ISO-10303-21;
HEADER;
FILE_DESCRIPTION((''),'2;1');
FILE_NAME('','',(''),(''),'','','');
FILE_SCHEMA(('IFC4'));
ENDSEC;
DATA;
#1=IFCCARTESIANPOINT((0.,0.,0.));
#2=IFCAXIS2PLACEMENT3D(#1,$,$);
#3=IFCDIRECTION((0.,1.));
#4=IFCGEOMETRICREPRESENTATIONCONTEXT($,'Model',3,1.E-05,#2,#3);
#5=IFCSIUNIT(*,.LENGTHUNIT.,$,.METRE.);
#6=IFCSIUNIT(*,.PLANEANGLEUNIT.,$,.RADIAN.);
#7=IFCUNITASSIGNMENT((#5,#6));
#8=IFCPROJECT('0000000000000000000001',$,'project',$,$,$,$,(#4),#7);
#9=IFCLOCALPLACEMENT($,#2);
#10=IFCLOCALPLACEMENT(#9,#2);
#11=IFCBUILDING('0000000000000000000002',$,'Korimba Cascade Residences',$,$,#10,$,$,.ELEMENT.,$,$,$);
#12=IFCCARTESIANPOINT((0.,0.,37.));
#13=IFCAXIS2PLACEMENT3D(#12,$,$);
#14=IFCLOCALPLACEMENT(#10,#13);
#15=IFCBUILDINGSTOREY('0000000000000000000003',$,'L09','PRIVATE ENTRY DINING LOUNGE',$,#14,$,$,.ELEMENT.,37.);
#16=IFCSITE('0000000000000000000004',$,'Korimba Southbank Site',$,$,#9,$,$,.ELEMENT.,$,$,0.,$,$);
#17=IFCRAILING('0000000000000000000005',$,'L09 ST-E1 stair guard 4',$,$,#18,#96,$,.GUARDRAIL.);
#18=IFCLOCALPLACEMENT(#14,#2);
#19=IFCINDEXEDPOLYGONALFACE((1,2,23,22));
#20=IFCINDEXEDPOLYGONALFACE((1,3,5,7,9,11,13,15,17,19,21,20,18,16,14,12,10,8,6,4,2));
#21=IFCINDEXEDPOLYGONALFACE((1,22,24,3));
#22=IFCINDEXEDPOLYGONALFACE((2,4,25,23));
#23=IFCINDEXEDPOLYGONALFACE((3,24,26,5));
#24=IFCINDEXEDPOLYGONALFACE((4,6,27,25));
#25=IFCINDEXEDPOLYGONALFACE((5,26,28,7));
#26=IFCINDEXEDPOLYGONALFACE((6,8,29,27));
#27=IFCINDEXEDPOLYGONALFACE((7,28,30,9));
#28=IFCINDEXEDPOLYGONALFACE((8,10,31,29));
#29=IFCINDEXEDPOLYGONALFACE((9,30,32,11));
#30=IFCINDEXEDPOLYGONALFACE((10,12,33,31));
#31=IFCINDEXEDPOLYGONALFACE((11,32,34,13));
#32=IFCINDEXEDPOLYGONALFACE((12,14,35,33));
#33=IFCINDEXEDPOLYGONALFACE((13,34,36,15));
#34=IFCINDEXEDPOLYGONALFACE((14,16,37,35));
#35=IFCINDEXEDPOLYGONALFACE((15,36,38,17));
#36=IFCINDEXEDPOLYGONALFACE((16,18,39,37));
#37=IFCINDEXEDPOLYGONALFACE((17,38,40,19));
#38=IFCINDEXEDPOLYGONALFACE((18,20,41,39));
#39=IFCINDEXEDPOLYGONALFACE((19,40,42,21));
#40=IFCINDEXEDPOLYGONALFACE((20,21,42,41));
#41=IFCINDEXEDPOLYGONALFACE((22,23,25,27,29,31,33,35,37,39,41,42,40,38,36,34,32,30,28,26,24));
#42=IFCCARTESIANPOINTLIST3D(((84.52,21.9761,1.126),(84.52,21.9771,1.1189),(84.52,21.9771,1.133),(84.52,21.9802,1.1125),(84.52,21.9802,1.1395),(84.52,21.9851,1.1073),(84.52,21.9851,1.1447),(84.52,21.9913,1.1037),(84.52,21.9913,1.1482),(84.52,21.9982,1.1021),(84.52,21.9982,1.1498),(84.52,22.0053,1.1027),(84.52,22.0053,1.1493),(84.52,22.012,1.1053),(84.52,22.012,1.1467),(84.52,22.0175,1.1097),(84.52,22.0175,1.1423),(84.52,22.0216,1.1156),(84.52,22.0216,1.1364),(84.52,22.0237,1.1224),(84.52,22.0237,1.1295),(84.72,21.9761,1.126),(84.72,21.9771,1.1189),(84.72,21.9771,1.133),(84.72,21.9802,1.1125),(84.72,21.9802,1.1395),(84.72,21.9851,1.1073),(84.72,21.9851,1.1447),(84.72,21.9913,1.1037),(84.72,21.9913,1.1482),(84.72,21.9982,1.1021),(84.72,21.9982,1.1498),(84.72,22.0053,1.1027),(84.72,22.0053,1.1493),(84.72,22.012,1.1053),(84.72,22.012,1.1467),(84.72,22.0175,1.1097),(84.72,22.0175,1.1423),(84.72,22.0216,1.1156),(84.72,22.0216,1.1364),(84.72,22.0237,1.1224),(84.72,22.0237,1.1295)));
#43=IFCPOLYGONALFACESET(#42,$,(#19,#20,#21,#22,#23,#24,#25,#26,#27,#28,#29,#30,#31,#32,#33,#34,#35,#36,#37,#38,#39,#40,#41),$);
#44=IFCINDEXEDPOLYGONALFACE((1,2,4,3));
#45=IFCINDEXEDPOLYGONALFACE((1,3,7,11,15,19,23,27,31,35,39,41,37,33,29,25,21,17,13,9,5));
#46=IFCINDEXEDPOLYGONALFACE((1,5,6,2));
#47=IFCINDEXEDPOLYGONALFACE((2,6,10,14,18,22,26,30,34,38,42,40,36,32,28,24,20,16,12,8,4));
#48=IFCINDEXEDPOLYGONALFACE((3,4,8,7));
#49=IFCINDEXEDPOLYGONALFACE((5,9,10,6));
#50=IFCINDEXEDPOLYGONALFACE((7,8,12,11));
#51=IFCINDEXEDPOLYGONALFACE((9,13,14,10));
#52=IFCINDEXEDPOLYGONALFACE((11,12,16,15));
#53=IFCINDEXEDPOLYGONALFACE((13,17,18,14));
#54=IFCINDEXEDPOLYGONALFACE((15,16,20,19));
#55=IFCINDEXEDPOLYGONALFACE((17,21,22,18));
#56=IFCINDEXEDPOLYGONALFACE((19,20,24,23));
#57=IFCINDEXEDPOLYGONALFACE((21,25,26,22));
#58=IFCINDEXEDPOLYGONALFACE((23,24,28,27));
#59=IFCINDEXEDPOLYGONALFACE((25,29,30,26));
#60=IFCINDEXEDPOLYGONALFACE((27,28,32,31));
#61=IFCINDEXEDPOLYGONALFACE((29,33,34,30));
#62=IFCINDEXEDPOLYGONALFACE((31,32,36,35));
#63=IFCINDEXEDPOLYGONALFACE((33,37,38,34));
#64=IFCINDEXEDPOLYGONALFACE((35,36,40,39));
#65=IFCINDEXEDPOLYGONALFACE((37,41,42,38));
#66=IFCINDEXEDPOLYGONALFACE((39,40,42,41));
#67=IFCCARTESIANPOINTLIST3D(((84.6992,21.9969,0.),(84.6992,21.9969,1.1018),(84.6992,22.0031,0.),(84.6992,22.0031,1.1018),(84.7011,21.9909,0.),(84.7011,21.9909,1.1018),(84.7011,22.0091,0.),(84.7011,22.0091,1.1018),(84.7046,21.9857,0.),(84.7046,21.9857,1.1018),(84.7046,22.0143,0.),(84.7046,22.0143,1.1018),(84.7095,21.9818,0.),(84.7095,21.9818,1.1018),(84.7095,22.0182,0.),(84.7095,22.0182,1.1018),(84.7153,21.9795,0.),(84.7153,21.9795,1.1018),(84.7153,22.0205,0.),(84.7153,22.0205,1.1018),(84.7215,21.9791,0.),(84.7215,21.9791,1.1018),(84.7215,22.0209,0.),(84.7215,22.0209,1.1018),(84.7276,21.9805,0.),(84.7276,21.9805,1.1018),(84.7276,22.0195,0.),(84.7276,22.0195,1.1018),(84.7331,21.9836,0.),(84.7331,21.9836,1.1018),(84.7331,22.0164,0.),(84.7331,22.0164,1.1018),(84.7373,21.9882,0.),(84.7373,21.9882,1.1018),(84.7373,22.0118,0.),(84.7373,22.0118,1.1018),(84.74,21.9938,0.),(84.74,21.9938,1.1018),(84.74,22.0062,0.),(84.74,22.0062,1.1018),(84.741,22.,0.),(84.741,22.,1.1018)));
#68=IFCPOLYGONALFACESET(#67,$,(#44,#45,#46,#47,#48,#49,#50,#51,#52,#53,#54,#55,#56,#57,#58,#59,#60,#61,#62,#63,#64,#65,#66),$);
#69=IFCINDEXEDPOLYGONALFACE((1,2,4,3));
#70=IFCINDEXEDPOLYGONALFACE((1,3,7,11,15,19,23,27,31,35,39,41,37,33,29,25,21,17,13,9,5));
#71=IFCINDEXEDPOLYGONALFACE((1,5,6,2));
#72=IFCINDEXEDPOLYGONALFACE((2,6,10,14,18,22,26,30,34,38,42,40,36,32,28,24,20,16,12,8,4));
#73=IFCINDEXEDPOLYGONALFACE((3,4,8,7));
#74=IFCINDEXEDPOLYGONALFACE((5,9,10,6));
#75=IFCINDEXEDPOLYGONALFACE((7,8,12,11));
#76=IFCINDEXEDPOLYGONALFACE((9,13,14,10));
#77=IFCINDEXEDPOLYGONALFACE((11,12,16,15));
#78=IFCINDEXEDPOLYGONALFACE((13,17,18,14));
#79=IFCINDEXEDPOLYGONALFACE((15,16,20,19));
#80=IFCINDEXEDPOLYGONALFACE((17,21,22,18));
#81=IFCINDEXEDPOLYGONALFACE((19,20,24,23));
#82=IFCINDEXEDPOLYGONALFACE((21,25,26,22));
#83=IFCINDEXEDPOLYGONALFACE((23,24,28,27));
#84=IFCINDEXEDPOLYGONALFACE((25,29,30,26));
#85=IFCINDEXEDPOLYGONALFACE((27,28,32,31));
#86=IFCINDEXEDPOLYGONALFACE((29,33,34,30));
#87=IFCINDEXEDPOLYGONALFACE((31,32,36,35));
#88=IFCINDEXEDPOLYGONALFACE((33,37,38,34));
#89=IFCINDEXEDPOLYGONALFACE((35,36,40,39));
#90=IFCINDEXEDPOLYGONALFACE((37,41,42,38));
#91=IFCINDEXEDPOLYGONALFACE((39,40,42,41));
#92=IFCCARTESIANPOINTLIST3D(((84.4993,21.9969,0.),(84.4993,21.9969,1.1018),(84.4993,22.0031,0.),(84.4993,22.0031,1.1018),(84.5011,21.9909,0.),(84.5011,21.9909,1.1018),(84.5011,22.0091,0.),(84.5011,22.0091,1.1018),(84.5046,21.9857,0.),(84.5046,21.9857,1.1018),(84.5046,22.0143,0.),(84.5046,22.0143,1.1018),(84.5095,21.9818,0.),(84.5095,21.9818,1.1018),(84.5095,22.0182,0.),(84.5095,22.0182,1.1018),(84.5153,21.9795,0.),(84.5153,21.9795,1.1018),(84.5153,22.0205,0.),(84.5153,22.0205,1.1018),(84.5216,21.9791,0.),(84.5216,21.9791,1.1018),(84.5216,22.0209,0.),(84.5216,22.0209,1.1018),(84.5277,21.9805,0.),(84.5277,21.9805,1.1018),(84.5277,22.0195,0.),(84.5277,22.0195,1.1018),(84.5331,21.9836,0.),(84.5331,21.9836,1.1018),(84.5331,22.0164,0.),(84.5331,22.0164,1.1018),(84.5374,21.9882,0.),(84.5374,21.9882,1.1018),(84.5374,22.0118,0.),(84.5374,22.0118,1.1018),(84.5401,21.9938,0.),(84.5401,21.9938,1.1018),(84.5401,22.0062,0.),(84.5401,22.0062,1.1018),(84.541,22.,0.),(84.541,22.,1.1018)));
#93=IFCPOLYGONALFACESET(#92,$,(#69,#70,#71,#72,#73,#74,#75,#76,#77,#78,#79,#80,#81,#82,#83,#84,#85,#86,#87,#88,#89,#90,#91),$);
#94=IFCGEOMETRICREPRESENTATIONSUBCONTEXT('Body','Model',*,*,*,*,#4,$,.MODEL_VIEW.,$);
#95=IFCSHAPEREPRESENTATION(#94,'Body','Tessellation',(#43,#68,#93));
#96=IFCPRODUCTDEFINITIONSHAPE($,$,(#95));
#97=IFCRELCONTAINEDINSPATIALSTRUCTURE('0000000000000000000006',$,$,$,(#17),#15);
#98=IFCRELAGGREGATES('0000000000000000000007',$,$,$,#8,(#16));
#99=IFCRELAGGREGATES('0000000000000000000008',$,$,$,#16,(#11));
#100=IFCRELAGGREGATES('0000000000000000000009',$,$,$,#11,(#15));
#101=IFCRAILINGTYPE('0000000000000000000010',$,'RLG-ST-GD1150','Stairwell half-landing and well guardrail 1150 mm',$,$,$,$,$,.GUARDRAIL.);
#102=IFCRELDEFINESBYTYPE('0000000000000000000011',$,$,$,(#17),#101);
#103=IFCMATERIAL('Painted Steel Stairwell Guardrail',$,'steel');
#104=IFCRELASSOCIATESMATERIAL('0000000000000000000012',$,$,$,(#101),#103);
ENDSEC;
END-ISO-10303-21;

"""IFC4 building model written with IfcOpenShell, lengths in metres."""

from ifc_helpers import new_model, si_unit, direction, frame, origin, origin_2d, place, context, subcontext, project, spatial, circle, extrude, material, type_object, element, save


model = new_model("IFC4")

# Units and contexts
model_context = context("Model", 3, precision=1e-05, world=origin(), true_north=direction((0.0, 1.0)))
body_context = subcontext(model_context, "Body", "Model", "MODEL_VIEW")
ifc_project = project(units=[si_unit("LENGTHUNIT", "METRE"), si_unit("PLANEANGLEUNIT", "RADIAN")], contexts=[model_context])

# Site, building, storey
site_placement = place(None, origin())
site = spatial("IfcSite", under=ifc_project, at=site_placement, Name="Korimba Southbank Site", CompositionType="ELEMENT", RefElevation=0.0)
building_placement = place(site_placement, origin())
building = spatial("IfcBuilding", under=site, at=building_placement, Name="Korimba Cascade Residences", CompositionType="ELEMENT")
storey_placement = place(building_placement, frame((0.0, 0.0, 37.0)))
storey = spatial("IfcBuildingStorey", under=building, at=storey_placement, Name="L09", Description="PRIVATE ENTRY DINING LOUNGE", CompositionType="ELEMENT", Elevation=37.0)

# Railing
ifc_material_1 = material(Name="Painted Steel Stairwell Guardrail", Category="steel")
railing_type_1 = type_object("IfcRailingType", Name="RLG-ST-GD1150", Description="Stairwell half-landing and well guardrail 1150 mm", PredefinedType="GUARDRAIL", material=ifc_material_1)
railing_1_placement = place(storey_placement, frame((84.72, 22.0, 0.0)))
element("IfcRailing", 1, at=railing_1_placement, inside=storey, type_object=railing_type_1, Name="L09 ST-E1 stair guard 4", PredefinedType="GUARDRAIL", context=body_context, shape_type="SweptSolid", body=[
    extrude(circle(Radius=0.0239, at=origin_2d()), frame((0.0, 0.0, 1.126), z_axis=(-1.0, 0.0, 0.0), x_axis=(0.0, -1.0, 0.0)), (0.0, 0.0, 1.0), 0.2),
    extrude(circle(Radius=0.021, at=origin_2d()), origin(), (0.0, 0.0, 1.0), 1.1018),
    extrude(circle(Radius=0.021, at=origin_2d()), frame((-0.2, 0.0, 0.0)), (0.0, 0.0, 1.0), 1.1018),
])

save(model, "model.ifc")
